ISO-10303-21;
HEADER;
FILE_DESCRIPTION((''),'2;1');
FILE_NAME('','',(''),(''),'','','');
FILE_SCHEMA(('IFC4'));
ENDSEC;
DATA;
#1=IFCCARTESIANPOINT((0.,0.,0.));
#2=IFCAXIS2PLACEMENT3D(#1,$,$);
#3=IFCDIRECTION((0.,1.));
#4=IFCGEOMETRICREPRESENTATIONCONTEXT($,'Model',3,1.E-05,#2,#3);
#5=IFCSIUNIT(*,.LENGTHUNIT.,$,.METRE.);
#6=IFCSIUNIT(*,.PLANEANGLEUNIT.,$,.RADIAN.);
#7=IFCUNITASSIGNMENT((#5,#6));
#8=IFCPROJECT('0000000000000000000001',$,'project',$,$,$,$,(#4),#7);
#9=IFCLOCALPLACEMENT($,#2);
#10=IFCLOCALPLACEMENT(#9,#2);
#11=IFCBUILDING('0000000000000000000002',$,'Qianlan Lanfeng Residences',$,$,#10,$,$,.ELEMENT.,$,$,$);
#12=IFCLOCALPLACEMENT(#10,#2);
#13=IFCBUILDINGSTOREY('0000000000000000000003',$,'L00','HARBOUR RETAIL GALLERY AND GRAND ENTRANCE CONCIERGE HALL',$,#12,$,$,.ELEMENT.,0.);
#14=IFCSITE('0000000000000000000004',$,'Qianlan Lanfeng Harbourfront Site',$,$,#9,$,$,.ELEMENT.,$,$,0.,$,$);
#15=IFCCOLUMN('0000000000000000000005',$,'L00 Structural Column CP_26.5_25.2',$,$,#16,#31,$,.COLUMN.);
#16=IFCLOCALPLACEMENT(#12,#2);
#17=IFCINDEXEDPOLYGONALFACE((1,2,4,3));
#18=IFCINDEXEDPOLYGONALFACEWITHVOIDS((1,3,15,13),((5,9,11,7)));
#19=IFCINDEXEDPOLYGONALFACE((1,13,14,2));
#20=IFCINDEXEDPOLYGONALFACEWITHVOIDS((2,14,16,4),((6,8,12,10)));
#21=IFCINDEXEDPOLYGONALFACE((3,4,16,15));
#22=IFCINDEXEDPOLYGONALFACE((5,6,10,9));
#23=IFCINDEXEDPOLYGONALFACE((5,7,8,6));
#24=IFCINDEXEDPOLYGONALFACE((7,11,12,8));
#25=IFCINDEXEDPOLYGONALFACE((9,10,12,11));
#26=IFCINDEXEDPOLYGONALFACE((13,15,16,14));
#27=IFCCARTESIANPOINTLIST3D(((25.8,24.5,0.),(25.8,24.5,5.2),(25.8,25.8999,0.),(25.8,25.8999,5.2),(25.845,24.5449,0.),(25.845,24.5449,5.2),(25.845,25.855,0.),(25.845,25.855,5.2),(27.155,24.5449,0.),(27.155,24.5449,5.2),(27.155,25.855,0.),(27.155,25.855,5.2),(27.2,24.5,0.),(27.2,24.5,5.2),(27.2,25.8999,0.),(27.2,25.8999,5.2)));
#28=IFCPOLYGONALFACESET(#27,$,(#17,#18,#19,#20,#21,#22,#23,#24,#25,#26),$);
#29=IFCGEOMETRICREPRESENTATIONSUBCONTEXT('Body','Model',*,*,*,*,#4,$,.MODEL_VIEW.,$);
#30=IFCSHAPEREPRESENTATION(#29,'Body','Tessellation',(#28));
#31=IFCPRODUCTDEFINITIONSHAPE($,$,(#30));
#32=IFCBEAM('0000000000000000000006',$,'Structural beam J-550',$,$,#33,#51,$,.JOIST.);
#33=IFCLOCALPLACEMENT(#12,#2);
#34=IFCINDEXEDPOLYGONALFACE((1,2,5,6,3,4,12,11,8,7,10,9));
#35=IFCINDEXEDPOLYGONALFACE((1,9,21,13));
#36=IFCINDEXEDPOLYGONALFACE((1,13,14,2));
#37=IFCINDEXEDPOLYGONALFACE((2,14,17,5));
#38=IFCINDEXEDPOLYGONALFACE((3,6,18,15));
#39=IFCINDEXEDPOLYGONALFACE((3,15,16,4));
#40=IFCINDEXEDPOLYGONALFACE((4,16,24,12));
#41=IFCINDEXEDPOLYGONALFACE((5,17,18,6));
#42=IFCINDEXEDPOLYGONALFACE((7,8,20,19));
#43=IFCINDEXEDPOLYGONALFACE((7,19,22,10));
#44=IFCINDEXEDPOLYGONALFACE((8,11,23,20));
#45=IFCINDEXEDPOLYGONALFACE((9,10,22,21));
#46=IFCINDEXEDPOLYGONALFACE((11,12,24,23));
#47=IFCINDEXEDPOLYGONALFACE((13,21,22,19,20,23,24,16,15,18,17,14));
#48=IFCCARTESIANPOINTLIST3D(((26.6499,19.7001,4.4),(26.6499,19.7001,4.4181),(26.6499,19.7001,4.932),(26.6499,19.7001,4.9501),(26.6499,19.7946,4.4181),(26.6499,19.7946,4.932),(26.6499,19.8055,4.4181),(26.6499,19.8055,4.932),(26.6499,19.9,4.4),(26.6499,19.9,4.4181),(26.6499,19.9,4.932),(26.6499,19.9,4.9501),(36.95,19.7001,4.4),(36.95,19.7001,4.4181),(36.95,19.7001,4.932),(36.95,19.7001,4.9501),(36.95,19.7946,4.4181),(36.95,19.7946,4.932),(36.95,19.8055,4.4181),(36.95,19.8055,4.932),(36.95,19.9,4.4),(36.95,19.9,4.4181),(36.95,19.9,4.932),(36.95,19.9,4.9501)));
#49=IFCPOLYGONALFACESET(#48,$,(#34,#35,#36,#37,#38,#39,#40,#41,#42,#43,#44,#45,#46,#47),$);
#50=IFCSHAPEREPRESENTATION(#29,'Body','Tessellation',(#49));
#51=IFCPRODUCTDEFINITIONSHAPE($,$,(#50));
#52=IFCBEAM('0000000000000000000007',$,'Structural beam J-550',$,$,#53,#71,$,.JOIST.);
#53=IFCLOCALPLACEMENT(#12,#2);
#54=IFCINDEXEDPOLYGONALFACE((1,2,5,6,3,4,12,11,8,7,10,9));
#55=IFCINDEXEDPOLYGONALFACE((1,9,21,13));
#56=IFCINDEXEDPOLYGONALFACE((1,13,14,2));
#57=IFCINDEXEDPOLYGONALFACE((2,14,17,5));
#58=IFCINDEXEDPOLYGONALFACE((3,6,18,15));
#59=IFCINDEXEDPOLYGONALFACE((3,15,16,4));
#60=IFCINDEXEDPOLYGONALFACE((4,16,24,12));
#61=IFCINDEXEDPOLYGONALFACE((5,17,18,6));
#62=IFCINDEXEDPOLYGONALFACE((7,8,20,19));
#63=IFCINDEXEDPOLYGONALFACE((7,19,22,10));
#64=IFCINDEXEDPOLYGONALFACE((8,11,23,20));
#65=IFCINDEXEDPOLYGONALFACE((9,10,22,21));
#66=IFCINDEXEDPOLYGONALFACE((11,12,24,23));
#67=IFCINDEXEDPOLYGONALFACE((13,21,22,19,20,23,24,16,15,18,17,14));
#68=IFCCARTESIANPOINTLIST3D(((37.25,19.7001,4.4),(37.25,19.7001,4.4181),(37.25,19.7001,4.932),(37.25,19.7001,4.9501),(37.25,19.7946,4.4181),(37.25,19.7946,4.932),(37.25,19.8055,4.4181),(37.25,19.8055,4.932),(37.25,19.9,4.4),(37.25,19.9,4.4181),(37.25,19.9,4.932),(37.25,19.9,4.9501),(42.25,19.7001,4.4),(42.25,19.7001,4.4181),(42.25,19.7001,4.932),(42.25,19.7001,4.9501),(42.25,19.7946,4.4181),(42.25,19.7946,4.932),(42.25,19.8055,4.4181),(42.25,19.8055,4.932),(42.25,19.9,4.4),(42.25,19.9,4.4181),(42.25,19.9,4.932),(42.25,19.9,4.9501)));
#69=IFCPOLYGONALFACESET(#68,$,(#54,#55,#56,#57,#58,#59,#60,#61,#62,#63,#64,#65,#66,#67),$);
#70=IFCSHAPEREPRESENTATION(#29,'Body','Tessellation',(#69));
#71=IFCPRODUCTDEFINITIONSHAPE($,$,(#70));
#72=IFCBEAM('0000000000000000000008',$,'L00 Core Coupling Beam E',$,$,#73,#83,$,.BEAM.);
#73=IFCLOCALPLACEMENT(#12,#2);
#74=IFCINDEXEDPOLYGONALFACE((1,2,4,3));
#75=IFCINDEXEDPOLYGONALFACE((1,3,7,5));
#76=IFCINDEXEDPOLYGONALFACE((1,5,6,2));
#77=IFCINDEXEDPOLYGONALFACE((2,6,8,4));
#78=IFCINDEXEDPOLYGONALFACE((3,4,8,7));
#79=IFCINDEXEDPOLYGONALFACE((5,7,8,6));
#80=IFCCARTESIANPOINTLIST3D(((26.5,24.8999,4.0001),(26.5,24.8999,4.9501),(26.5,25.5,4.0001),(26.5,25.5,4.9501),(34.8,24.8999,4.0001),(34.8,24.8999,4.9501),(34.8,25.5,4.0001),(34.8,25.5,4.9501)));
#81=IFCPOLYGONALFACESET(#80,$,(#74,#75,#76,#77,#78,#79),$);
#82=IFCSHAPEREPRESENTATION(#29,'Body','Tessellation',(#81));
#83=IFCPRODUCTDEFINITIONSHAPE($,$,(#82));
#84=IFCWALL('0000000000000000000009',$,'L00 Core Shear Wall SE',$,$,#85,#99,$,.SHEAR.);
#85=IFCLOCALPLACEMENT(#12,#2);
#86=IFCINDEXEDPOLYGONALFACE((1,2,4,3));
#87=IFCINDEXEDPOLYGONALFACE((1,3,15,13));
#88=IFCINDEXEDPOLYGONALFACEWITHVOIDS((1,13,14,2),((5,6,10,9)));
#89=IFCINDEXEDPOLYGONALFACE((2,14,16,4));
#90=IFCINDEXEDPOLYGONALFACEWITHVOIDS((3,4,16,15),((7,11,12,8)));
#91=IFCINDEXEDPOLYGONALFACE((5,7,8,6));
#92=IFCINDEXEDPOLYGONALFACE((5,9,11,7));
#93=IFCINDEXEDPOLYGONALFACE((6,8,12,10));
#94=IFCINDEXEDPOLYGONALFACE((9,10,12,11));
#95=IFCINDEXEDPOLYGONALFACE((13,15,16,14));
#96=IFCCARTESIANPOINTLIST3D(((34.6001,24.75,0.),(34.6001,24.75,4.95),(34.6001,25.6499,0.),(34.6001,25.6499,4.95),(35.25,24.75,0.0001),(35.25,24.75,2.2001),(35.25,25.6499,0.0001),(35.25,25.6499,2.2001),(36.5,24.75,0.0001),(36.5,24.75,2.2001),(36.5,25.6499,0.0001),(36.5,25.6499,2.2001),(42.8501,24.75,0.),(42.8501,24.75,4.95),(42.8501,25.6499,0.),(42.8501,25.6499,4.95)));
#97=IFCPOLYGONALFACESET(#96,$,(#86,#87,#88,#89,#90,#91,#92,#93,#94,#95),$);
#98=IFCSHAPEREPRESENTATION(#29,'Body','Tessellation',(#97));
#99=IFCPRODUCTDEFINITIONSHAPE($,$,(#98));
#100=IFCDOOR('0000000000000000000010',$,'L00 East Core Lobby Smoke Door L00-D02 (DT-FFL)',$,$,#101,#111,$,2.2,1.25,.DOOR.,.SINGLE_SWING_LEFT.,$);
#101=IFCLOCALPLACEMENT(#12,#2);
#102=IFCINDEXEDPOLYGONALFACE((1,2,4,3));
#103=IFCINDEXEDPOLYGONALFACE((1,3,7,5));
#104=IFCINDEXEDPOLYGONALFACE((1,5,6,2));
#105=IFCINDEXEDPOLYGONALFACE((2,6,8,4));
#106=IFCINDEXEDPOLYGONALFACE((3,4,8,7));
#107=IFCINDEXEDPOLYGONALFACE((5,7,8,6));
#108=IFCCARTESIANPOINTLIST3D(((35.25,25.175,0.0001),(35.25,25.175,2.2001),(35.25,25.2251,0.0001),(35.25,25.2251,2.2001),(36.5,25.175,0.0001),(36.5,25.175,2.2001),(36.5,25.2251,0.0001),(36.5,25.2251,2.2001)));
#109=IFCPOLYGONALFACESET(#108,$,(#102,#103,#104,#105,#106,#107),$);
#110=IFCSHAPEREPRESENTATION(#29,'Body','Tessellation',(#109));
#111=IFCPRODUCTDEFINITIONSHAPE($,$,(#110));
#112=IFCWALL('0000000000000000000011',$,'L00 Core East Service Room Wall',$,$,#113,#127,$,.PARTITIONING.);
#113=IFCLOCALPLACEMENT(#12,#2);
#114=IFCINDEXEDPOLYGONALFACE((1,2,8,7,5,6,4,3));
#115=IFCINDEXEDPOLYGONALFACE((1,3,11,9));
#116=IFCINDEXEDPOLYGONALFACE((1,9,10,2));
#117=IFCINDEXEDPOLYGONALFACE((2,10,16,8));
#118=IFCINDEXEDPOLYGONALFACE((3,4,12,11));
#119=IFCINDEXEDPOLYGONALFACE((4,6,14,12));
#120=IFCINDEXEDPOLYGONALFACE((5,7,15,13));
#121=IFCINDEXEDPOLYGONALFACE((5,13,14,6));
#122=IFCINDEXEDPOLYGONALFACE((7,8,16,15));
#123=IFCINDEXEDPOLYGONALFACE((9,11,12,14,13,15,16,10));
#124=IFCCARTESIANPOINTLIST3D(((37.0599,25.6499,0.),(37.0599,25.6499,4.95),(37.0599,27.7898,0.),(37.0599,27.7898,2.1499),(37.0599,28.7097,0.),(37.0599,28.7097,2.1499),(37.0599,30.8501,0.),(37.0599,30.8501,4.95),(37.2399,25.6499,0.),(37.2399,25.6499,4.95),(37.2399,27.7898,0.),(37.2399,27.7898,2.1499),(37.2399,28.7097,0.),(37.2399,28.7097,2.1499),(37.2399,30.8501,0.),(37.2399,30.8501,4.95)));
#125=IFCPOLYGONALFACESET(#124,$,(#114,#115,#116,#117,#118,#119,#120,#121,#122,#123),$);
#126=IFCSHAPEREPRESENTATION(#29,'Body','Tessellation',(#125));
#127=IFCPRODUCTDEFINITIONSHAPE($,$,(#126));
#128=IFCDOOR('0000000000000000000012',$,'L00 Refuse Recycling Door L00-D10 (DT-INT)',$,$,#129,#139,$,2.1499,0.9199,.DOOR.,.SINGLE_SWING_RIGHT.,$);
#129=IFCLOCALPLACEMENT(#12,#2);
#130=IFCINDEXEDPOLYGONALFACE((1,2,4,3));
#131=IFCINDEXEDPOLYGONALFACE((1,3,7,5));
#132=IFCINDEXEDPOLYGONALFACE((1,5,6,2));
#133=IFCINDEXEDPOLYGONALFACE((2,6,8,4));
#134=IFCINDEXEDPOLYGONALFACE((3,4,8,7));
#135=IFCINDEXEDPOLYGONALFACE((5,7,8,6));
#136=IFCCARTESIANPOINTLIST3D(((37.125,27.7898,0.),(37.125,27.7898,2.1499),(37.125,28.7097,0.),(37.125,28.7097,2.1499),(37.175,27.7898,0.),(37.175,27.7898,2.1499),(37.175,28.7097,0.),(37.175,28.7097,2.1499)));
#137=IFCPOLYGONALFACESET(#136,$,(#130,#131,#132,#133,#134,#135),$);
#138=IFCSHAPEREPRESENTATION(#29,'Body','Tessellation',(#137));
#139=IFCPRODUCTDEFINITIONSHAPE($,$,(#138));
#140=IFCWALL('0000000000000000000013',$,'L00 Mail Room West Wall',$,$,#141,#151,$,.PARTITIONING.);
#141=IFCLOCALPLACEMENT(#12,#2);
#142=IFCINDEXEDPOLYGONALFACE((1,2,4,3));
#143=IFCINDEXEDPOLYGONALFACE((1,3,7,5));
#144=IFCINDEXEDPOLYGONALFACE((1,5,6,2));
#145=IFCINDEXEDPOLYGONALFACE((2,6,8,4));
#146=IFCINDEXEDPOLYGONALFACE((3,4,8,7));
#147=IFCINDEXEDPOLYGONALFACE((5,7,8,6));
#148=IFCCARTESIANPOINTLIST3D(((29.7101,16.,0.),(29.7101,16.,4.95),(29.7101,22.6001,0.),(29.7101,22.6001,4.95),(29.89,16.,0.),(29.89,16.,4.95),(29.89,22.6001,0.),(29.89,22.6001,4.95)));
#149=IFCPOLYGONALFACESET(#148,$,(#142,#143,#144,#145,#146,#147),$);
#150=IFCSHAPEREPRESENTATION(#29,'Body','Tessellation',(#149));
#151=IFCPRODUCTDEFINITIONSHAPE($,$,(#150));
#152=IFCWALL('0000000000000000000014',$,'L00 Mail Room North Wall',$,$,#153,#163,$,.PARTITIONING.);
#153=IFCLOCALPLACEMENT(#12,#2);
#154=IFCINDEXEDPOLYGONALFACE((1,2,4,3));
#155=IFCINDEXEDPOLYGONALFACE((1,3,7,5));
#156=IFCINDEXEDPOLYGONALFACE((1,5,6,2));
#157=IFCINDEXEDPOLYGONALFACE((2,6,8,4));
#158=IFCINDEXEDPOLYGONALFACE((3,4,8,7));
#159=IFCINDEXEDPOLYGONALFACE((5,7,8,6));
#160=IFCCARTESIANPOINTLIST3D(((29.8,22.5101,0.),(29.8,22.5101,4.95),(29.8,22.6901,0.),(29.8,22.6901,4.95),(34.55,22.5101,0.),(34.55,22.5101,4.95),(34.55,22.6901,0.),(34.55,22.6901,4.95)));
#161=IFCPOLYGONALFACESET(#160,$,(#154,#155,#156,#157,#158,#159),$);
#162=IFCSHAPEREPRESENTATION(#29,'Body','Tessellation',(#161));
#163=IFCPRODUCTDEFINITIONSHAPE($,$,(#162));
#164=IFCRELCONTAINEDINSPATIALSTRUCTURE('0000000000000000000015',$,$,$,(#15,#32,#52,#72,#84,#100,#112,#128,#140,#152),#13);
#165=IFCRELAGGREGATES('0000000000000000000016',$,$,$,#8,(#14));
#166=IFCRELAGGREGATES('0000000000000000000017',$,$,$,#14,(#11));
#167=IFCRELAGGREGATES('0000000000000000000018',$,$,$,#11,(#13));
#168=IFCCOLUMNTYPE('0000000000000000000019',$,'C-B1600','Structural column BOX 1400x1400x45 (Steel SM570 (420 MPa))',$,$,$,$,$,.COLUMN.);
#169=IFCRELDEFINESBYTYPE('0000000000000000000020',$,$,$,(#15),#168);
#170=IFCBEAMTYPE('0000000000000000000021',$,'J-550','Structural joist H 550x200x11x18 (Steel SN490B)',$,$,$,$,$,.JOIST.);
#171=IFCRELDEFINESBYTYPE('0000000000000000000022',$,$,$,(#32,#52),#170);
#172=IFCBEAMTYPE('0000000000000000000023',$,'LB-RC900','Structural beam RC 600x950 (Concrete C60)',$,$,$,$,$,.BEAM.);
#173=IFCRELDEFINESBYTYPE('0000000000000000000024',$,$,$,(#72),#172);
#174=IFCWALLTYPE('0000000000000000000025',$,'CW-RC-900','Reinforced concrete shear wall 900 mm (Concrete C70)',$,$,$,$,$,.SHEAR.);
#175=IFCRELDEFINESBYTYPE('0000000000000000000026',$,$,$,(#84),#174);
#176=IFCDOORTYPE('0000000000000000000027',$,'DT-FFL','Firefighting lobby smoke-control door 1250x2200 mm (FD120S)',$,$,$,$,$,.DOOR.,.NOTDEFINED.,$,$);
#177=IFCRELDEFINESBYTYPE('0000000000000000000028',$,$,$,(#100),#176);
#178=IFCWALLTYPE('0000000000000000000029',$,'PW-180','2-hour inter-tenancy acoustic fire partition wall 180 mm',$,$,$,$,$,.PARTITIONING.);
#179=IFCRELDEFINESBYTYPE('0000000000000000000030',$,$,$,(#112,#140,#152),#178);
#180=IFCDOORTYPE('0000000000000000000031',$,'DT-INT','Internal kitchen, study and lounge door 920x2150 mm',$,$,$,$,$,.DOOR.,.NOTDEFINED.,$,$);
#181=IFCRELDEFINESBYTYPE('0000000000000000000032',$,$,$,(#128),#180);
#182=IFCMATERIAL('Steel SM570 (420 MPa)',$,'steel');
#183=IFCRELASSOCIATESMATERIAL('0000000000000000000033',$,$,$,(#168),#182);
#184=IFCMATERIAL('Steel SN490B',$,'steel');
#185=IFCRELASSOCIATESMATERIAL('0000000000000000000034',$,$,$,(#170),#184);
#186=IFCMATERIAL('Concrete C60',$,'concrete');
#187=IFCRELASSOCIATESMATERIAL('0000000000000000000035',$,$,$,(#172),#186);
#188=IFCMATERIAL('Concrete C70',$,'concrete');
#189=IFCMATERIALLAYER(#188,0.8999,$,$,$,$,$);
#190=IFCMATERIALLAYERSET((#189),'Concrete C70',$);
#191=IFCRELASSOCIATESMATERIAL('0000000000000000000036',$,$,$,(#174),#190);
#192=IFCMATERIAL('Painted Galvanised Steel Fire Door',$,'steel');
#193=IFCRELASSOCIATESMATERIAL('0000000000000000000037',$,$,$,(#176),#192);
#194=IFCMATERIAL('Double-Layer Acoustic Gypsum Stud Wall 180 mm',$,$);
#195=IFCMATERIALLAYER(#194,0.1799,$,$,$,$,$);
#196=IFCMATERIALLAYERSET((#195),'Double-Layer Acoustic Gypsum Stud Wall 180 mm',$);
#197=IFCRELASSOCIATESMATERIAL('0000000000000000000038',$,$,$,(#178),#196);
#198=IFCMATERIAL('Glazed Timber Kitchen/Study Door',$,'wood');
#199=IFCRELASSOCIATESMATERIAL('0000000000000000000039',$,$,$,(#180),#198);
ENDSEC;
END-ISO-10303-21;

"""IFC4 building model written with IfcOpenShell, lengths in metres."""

from ifc_helpers import new_model, si_unit, direction, frame, frame_2d, origin, origin_2d, place, context, subcontext, project, spatial, rectangle, hollow_rectangle, i_section, extrude, material, layer, layer_set, material_profile, profile_set, type_object, element, fill, save


model = new_model("IFC4")

# Units and contexts
model_context = context("Model", 3, precision=1e-05, world=origin(), true_north=direction((0.0, 1.0)))
body_context = subcontext(model_context, "Body", "Model", "MODEL_VIEW")
ifc_project = project(units=[si_unit("LENGTHUNIT", "METRE"), si_unit("PLANEANGLEUNIT", "RADIAN")], contexts=[model_context])

# Site, building, storey
site_placement = place(None, origin())
site = spatial("IfcSite", under=ifc_project, at=site_placement, Name="Qianlan Lanfeng Harbourfront Site", CompositionType="ELEMENT", RefElevation=0.0)
building_placement = place(site_placement, origin())
building = spatial("IfcBuilding", under=site, at=building_placement, Name="Qianlan Lanfeng Residences", CompositionType="ELEMENT")
storey_placement = place(building_placement, origin())
storey = spatial("IfcBuildingStorey", under=building, at=storey_placement, Name="L00", Description="HARBOUR RETAIL GALLERY AND GRAND ENTRANCE CONCIERGE HALL", CompositionType="ELEMENT", Elevation=0.0)

# Column
ifc_material_1 = material(Name="Steel SM570 (420 MPa)", Category="steel")
ifc_material_profile_1 = material_profile(ifc_material_1, hollow_rectangle(XDim=1.3999, YDim=1.3999, WallThickness=0.0449, at=origin_2d()), Name="BOX 1400x1400x45")
ifc_profile_set_1 = profile_set([ifc_material_profile_1], Name="Steel SM570 (420 MPa)")
column_type = type_object("IfcColumnType", Name="C-B1600", Description="Structural column BOX 1400x1400x45 (Steel SM570 (420 MPa))", PredefinedType="COLUMN", material=ifc_profile_set_1)
column_placement = place(storey_placement, frame((26.5, 25.2, 0.0), z_axis=(0.0, 0.0, 1.0), x_axis=(1.0, 0.0, 0.0)))
element("IfcColumn", 1, at=column_placement, inside=storey, type_object=column_type, Name="L00 Structural Column CP_26.5_25.2", PredefinedType="COLUMN", context=body_context, shape_type="SweptSolid", body=[
    extrude(hollow_rectangle(XDim=1.3999, YDim=1.3999, WallThickness=0.0449, at=origin_2d()), origin(), (0.0, 0.0, 1.0), 5.2),
])

# Beams
ifc_material_2 = material(Name="Steel SN490B", Category="steel")
ifc_material_profile_2 = material_profile(ifc_material_2, i_section(OverallWidth=0.2, OverallDepth=0.55, WebThickness=0.011, FlangeThickness=0.0181, at=origin_2d()), Name="H 550x200x11x18")
ifc_profile_set_2 = profile_set([ifc_material_profile_2], Name="Steel SN490B")
beam_type_1 = type_object("IfcBeamType", Name="J-550", Description="Structural joist H 550x200x11x18 (Steel SN490B)", PredefinedType="JOIST", material=ifc_profile_set_2)
beam_1_placement = place(storey_placement, frame((26.6499, 19.8, 4.675), z_axis=(1.0, 0.0, 0.0), x_axis=(0.0, 1.0, 0.0)))
element("IfcBeam", 2, at=beam_1_placement, inside=storey, type_object=beam_type_1, Name="Structural beam J-550", PredefinedType="JOIST", context=body_context, shape_type="SweptSolid", body=[
    extrude(i_section(OverallWidth=0.2, OverallDepth=0.55, WebThickness=0.011, FlangeThickness=0.0181, at=origin_2d()), origin(), (0.0, 0.0, 1.0), 10.3),
])
beam_2_placement = place(storey_placement, frame((37.25, 19.8, 4.675), z_axis=(1.0, 0.0, 0.0), x_axis=(0.0, 1.0, 0.0)))
element("IfcBeam", 3, at=beam_2_placement, inside=storey, type_object=beam_type_1, Name="Structural beam J-550", PredefinedType="JOIST", context=body_context, shape_type="SweptSolid", body=[
    extrude(i_section(OverallWidth=0.2, OverallDepth=0.55, WebThickness=0.011, FlangeThickness=0.0181, at=origin_2d()), origin(), (0.0, 0.0, 1.0), 5.0),
])
ifc_material_3 = material(Name="Concrete C60", Category="concrete")
ifc_material_profile_3 = material_profile(ifc_material_3, rectangle(XDim=0.6001, YDim=0.95, at=origin_2d()), Name="RC 600x950")
ifc_profile_set_3 = profile_set([ifc_material_profile_3], Name="Concrete C60")
beam_type_2 = type_object("IfcBeamType", Name="LB-RC900", Description="Structural beam RC 600x950 (Concrete C60)", PredefinedType="BEAM", material=ifc_profile_set_3)
beam_3_placement = place(storey_placement, frame((26.5, 25.2, 4.4751), z_axis=(1.0, 0.0, 0.0), x_axis=(0.0, 1.0, 0.0)))
element("IfcBeam", 4, at=beam_3_placement, inside=storey, type_object=beam_type_2, Name="L00 Core Coupling Beam E", PredefinedType="BEAM", context=body_context, shape_type="SweptSolid", body=[
    extrude(rectangle(XDim=0.6001, YDim=0.95, at=origin_2d()), origin(), (0.0, 0.0, 1.0), 8.3),
])

# Walls, openings, doors
ifc_material_4 = material(Name="Concrete C70", Category="concrete")
ifc_layer_1 = layer(ifc_material_4, 0.8999)
ifc_layer_set_1 = layer_set([ifc_layer_1], Name="Concrete C70")
wall_type_1 = type_object("IfcWallType", Name="CW-RC-900", Description="Reinforced concrete shear wall 900 mm (Concrete C70)", PredefinedType="SHEAR", material=ifc_layer_set_1)
wall_1_placement = place(storey_placement, frame((34.6001, 25.2, 0.0), z_axis=(0.0, 0.0, 1.0), x_axis=(1.0, 0.0, 0.0)))
wall_1 = element("IfcWall", 5, at=wall_1_placement, inside=storey, type_object=wall_type_1, Name="L00 Core Shear Wall SE", PredefinedType="SHEAR", context=body_context, shape_type="SweptSolid", body=[
    extrude(rectangle(XDim=8.25, YDim=0.8999, at=frame_2d((4.125, 0.0))), origin(), (0.0, 0.0, 1.0), 4.95),
])
opening_1_placement = place(wall_1_placement, frame((0.6499, 0.0, 0.0)))
opening_1 = element("IfcOpeningElement", 6, at=opening_1_placement, cuts=wall_1, PredefinedType="OPENING", context=body_context, shape_type="SweptSolid", body=[
    extrude(rectangle(XDim=1.25, YDim=2.2, at=frame_2d((0.625, 1.1001))), frame((0.0, 0.46, 0.0), z_axis=(0.0, -1.0, 0.0), x_axis=(1.0, 0.0, 0.0)), (0.0, 0.0, 1.0), 0.9199),
])
ifc_material_5 = material(Name="Painted Galvanised Steel Fire Door", Category="steel")
door_type_1 = type_object("IfcDoorType", Name="DT-FFL", Description="Firefighting lobby smoke-control door 1250x2200 mm (FD120S)", OperationType="NOTDEFINED", PredefinedType="DOOR", material=ifc_material_5)
door_1_placement = place(opening_1_placement, frame((1.25, 0.0, 0.0), z_axis=(0.0, 0.0, 1.0), x_axis=(-1.0, 0.0, 0.0)))
door_1 = element("IfcDoor", 7, at=door_1_placement, inside=storey, type_object=door_type_1, Name="L00 East Core Lobby Smoke Door L00-D02 (DT-FFL)", OperationType="SINGLE_SWING_LEFT", OverallHeight=2.2, OverallWidth=1.25, PredefinedType="DOOR", context=body_context, shape_type="SweptSolid", body=[
    extrude(rectangle(XDim=1.25, YDim=2.2, at=frame_2d((0.625, 1.1001))), frame((0.0, 0.0249, 0.0), z_axis=(0.0, -1.0, 0.0), x_axis=(1.0, 0.0, 0.0)), (0.0, 0.0, 1.0), 0.05),
])
fill(opening_1, door_1)
ifc_material_6 = material(Name="Double-Layer Acoustic Gypsum Stud Wall 180 mm")
ifc_layer_2 = layer(ifc_material_6, 0.1799)
ifc_layer_set_2 = layer_set([ifc_layer_2], Name="Double-Layer Acoustic Gypsum Stud Wall 180 mm")
wall_type_2 = type_object("IfcWallType", Name="PW-180", Description="2-hour inter-tenancy acoustic fire partition wall 180 mm", PredefinedType="PARTITIONING", material=ifc_layer_set_2)
wall_2_placement = place(storey_placement, frame((37.1499, 25.6499, 0.0), z_axis=(0.0, 0.0, 1.0), x_axis=(0.0, 1.0, 0.0)))
wall_2 = element("IfcWall", 8, at=wall_2_placement, inside=storey, type_object=wall_type_2, Name="L00 Core East Service Room Wall", PredefinedType="PARTITIONING", context=body_context, shape_type="SweptSolid", body=[
    extrude(rectangle(XDim=5.2002, YDim=0.1799, at=frame_2d((2.6001, 0.0))), origin(), (0.0, 0.0, 1.0), 4.95),
])
opening_2_placement = place(wall_2_placement, frame((2.1399, 0.0, 0.0)))
opening_2 = element("IfcOpeningElement", 9, at=opening_2_placement, cuts=wall_2, PredefinedType="OPENING", context=body_context, shape_type="SweptSolid", body=[
    extrude(rectangle(XDim=0.9199, YDim=2.1499, at=frame_2d((0.46, 1.075))), frame((0.0, 0.1001, 0.0), z_axis=(0.0, -1.0, 0.0), x_axis=(1.0, 0.0, 0.0)), (0.0, 0.0, 1.0), 0.2),
])
ifc_material_7 = material(Name="Glazed Timber Kitchen/Study Door", Category="wood")
door_type_2 = type_object("IfcDoorType", Name="DT-INT", Description="Internal kitchen, study and lounge door 920x2150 mm", OperationType="NOTDEFINED", PredefinedType="DOOR", material=ifc_material_7)
door_2_placement = place(opening_2_placement, origin())
door_2 = element("IfcDoor", 10, at=door_2_placement, inside=storey, type_object=door_type_2, Name="L00 Refuse Recycling Door L00-D10 (DT-INT)", OperationType="SINGLE_SWING_RIGHT", OverallHeight=2.1499, OverallWidth=0.9199, PredefinedType="DOOR", context=body_context, shape_type="SweptSolid", body=[
    extrude(rectangle(XDim=0.9199, YDim=2.1499, at=frame_2d((0.46, 1.075))), frame((0.0, 0.0249, 0.0), z_axis=(0.0, -1.0, 0.0), x_axis=(1.0, 0.0, 0.0)), (0.0, 0.0, 1.0), 0.05),
])
fill(opening_2, door_2)

# Walls
wall_3_placement = place(storey_placement, frame((29.8, 16.0, 0.0), z_axis=(0.0, 0.0, 1.0), x_axis=(0.0, 1.0, 0.0)))
element("IfcWall", 11, at=wall_3_placement, inside=storey, type_object=wall_type_2, Name="L00 Mail Room West Wall", PredefinedType="PARTITIONING", context=body_context, shape_type="SweptSolid", body=[
    extrude(rectangle(XDim=6.6001, YDim=0.1799, at=frame_2d((3.3, 0.0))), origin(), (0.0, 0.0, 1.0), 4.95),
])
wall_4_placement = place(storey_placement, frame((29.8, 22.6001, 0.0), z_axis=(0.0, 0.0, 1.0), x_axis=(1.0, 0.0, 0.0)))
element("IfcWall", 12, at=wall_4_placement, inside=storey, type_object=wall_type_2, Name="L00 Mail Room North Wall", PredefinedType="PARTITIONING", context=body_context, shape_type="SweptSolid", body=[
    extrude(rectangle(XDim=4.75, YDim=0.1799, at=frame_2d((2.375, 0.0))), origin(), (0.0, 0.0, 1.0), 4.95),
])

save(model, "model.ifc")
